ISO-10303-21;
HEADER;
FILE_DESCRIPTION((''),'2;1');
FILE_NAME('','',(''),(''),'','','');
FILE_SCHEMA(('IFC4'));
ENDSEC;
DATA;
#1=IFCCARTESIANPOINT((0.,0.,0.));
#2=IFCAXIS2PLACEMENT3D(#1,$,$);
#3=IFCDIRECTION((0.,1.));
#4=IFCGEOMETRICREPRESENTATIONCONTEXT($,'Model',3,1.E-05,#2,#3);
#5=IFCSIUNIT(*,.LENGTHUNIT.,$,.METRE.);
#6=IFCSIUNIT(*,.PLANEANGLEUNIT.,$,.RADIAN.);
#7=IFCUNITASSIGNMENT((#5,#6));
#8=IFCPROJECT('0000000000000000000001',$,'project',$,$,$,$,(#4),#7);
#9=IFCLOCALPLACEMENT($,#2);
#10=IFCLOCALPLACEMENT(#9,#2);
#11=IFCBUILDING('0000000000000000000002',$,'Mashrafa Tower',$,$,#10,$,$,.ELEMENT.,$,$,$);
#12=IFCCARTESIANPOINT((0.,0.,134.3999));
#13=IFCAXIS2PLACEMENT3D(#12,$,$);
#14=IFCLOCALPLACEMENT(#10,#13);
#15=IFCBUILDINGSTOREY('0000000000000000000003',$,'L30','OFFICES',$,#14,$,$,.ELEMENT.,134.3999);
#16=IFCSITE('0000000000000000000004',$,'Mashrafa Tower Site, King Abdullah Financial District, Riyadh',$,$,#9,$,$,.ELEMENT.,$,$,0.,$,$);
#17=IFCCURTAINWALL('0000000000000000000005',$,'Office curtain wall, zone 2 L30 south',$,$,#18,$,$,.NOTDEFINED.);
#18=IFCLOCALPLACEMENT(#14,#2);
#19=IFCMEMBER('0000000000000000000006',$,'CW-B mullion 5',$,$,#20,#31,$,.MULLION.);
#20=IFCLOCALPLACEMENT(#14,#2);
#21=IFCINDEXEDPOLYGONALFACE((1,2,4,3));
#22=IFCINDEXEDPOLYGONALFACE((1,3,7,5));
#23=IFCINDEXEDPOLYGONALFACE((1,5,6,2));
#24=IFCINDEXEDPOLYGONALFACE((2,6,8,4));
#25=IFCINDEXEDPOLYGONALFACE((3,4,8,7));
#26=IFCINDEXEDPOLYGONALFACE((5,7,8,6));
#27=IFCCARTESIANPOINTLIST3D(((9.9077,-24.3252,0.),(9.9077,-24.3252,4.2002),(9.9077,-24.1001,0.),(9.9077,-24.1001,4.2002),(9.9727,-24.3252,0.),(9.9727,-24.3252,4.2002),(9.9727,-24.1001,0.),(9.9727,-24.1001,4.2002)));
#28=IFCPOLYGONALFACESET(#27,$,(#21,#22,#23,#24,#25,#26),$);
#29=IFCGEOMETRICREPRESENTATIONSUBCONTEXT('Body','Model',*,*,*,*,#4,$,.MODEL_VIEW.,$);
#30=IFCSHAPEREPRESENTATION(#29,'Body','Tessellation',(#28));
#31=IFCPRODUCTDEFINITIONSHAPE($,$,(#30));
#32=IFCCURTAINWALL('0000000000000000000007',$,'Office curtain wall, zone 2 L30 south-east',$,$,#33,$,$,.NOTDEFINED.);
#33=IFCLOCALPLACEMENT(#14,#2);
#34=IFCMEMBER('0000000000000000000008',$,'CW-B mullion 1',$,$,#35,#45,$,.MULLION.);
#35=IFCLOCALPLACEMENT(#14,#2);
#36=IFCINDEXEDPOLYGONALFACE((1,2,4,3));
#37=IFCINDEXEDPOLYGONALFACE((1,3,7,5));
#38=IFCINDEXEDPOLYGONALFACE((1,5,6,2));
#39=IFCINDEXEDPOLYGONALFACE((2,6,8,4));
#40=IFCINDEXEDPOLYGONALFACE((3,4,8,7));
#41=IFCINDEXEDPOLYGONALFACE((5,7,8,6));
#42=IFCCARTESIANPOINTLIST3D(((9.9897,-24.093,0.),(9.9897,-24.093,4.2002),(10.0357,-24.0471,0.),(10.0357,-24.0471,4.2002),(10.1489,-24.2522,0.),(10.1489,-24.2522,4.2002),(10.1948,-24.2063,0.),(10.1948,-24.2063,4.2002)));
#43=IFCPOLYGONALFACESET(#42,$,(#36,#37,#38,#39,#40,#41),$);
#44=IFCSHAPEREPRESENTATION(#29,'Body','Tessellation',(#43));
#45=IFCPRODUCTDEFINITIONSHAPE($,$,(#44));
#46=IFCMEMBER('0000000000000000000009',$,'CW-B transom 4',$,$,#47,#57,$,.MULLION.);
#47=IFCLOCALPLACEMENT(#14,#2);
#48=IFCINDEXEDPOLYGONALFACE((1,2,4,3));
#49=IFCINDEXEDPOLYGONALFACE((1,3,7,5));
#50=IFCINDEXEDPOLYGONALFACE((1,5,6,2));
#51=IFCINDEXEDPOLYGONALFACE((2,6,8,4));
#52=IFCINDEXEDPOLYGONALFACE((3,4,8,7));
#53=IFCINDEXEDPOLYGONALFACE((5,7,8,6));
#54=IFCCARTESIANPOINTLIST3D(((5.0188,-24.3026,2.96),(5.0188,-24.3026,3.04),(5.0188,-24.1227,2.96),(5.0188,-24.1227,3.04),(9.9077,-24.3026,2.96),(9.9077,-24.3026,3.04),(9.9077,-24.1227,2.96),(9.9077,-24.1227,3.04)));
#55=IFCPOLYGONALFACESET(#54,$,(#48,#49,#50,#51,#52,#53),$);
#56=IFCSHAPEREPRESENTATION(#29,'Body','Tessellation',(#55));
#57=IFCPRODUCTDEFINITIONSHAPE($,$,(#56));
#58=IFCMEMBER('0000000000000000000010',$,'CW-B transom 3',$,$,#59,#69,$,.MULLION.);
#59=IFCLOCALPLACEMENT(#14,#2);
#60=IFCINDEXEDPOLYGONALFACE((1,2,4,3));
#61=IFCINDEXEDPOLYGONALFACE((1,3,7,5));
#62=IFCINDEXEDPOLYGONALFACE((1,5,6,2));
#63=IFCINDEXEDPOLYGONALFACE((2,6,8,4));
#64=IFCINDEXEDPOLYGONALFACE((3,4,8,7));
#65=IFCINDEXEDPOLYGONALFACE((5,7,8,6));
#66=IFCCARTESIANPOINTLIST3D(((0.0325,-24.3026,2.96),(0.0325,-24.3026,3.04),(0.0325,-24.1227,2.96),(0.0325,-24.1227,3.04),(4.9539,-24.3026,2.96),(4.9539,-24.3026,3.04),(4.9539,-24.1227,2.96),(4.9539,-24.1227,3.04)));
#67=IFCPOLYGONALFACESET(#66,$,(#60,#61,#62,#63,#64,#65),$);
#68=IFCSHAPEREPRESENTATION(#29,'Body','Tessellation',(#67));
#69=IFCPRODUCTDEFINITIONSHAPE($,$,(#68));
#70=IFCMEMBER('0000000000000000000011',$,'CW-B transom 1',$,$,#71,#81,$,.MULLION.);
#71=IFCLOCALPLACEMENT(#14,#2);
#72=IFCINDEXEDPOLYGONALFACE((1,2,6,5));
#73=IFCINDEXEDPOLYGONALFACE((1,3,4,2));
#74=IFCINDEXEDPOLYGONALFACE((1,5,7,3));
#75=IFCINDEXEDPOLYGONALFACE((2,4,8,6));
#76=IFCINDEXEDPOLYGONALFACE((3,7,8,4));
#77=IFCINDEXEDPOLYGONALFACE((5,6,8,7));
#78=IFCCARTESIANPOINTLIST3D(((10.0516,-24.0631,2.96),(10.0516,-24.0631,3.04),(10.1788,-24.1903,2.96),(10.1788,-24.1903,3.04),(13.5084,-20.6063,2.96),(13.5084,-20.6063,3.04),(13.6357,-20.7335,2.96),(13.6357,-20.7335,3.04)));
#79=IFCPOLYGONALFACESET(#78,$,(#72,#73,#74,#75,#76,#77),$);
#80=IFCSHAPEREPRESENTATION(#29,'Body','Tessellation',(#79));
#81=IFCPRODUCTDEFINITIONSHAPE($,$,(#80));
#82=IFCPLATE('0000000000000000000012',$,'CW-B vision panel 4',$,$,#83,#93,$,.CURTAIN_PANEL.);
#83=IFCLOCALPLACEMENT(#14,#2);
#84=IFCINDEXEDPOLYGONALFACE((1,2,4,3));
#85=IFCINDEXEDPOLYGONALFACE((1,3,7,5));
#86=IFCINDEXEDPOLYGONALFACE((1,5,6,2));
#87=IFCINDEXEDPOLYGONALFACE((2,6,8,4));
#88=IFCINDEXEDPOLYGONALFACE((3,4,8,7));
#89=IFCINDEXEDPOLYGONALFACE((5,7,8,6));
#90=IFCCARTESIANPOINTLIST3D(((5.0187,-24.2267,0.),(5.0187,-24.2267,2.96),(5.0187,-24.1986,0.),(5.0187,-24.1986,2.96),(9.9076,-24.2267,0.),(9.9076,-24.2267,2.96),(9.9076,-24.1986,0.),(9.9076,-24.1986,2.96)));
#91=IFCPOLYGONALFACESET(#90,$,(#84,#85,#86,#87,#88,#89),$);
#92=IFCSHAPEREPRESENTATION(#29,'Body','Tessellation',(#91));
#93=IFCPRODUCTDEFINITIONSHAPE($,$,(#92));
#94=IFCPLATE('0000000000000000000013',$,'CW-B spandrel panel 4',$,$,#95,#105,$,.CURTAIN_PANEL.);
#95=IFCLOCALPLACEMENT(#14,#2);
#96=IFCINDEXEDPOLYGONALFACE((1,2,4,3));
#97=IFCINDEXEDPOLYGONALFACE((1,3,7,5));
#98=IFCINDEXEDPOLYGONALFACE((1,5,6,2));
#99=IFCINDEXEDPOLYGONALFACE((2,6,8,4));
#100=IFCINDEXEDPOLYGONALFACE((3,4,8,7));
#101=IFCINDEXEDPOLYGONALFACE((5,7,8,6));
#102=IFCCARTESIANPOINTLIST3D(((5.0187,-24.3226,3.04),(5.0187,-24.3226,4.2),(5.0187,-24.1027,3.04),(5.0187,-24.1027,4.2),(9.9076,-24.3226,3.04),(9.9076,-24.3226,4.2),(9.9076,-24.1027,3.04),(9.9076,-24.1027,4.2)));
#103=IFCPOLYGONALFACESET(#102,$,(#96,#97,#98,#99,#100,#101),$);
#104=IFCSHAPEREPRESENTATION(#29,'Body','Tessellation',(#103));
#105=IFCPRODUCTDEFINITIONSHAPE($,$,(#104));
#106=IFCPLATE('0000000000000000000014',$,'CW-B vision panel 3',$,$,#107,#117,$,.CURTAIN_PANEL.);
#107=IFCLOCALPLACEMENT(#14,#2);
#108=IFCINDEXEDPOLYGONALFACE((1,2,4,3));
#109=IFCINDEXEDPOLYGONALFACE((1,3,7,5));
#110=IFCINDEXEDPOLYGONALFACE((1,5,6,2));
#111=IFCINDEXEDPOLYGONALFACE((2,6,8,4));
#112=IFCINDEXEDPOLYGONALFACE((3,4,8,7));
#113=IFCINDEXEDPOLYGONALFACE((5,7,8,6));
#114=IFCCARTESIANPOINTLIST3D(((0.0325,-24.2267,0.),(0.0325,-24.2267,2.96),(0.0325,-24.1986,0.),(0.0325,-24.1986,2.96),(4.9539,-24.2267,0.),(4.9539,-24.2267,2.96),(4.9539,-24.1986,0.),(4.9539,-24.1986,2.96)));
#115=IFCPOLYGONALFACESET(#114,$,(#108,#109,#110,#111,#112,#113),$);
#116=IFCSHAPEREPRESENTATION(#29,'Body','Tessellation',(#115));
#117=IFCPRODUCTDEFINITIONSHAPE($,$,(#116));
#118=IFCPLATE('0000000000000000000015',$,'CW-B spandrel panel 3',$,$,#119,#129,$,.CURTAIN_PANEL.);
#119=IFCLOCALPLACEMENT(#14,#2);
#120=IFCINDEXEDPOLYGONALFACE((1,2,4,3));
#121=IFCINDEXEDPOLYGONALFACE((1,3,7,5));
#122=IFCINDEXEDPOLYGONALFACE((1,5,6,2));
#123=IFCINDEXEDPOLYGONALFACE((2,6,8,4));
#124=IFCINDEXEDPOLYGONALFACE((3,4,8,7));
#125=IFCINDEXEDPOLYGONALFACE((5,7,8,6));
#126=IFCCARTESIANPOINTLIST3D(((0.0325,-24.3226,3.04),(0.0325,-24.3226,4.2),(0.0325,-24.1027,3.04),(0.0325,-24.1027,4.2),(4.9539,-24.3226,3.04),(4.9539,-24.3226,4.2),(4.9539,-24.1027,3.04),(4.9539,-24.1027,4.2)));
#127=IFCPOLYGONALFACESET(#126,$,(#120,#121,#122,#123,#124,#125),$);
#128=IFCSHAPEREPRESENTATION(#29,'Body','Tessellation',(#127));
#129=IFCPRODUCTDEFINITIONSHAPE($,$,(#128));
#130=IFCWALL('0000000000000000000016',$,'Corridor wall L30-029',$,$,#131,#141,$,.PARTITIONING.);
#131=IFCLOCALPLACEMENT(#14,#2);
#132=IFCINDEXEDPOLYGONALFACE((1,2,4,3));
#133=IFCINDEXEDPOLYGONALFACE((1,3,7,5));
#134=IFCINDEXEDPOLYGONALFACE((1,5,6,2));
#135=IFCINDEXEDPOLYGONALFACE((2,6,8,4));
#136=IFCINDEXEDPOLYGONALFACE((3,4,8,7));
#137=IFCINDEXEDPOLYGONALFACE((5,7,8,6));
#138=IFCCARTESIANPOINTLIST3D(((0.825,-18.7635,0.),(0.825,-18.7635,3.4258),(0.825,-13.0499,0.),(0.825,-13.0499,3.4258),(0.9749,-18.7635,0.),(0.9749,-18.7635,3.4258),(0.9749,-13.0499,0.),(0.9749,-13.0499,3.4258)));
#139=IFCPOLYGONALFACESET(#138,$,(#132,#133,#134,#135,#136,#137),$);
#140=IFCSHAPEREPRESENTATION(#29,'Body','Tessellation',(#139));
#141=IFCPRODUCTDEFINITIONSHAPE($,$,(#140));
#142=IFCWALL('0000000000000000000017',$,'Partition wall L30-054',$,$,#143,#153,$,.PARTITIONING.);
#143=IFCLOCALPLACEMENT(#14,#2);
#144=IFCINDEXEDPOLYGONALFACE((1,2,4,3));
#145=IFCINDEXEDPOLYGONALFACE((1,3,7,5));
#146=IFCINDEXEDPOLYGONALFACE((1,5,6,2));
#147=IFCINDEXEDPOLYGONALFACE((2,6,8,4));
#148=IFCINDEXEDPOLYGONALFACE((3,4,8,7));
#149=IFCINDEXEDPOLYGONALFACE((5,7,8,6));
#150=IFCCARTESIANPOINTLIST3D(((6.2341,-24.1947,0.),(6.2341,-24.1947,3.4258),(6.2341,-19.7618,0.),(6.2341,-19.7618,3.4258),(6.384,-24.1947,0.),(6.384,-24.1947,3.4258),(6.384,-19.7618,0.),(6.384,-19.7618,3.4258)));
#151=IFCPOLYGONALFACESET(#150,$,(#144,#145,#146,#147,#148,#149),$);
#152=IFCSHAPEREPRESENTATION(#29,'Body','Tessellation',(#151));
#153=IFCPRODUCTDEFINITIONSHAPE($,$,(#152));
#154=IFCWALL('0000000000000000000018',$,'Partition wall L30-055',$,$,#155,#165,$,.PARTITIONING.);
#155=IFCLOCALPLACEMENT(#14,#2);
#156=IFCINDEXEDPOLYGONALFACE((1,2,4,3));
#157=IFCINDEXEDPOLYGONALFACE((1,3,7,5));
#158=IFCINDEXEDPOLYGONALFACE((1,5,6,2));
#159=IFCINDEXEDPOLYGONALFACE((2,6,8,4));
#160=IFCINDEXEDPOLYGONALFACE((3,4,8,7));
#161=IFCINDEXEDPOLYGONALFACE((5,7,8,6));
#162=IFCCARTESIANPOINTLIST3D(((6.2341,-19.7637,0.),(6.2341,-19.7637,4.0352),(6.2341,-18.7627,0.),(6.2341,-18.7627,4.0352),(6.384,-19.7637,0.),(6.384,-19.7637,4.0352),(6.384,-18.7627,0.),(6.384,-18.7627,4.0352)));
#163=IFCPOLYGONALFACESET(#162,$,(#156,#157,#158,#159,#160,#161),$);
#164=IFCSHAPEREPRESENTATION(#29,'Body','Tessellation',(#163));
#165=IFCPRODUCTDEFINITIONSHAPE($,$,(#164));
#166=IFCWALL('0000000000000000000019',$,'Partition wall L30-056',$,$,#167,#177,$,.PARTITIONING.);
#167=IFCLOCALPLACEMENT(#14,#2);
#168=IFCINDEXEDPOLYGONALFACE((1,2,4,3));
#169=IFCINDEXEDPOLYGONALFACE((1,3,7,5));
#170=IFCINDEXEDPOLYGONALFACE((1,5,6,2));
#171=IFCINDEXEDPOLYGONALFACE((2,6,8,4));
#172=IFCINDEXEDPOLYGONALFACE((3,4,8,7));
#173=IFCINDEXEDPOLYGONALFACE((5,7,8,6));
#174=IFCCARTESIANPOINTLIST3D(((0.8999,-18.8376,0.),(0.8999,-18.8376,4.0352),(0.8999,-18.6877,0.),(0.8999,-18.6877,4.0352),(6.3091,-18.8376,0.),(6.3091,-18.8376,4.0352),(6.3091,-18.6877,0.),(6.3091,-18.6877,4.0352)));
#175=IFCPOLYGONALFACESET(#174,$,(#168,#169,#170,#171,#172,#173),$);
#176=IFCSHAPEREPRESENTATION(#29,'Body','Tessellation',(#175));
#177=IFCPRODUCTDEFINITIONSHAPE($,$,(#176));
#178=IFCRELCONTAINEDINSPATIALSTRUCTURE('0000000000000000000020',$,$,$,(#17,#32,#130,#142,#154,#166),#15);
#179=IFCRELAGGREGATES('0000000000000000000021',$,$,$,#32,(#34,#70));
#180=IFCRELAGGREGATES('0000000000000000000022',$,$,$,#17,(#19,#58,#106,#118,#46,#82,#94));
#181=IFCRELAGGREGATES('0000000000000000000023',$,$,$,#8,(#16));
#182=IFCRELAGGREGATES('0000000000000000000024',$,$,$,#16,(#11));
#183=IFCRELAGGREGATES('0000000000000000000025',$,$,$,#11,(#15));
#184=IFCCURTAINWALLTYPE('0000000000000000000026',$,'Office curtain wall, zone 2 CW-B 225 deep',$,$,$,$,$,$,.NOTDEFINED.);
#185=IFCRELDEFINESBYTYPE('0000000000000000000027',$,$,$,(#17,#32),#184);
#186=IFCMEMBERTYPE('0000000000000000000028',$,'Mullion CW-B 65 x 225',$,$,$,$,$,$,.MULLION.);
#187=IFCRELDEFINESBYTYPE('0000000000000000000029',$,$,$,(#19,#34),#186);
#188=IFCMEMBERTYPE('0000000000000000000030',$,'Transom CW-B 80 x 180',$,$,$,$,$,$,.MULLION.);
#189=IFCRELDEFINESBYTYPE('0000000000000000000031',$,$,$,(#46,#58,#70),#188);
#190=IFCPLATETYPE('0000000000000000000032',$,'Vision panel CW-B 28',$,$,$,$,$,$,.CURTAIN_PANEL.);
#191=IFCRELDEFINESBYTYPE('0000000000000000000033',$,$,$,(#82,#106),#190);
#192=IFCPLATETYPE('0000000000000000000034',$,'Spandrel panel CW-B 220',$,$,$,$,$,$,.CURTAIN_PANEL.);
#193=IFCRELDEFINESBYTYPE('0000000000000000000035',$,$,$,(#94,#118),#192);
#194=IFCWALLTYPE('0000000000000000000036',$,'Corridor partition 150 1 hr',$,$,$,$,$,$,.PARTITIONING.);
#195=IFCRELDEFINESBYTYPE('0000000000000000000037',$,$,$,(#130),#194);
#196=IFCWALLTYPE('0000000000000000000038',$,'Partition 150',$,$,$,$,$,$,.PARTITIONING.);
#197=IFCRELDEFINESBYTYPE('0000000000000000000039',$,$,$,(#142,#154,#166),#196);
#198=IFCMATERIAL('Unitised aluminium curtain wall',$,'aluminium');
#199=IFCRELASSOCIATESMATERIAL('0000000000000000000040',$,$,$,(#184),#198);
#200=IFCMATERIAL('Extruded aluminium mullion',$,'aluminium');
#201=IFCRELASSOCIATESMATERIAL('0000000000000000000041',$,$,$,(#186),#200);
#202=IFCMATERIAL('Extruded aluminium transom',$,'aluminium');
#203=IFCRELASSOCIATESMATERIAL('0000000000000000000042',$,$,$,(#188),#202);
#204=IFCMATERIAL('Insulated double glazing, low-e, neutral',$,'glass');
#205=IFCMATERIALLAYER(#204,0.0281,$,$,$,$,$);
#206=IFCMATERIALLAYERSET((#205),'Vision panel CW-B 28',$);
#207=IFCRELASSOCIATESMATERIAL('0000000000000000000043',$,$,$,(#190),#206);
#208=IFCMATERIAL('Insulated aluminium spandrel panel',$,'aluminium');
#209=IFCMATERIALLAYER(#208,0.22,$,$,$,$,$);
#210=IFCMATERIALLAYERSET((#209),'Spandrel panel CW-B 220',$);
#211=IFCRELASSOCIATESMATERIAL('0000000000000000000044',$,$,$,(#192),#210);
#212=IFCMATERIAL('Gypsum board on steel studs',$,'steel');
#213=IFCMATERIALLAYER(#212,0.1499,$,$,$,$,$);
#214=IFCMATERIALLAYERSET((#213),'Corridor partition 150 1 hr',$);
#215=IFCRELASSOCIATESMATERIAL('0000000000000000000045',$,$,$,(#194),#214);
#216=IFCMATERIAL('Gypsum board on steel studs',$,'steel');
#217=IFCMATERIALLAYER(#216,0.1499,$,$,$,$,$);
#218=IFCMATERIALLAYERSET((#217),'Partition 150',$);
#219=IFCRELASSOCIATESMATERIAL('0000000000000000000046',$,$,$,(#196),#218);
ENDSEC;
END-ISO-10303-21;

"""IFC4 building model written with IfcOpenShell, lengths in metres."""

from ifc_helpers import new_model, si_unit, direction, frame, frame_2d, origin, origin_2d, place, context, subcontext, project, spatial, rectangle, extrude, source, transform, mapped, material, layer, layer_set, material_profile, profile_set, type_object, type_shapes, element, aggregate, save


model = new_model("IFC4")

# Units and contexts
model_context = context("Model", 3, precision=1e-05, world=origin(), true_north=direction((0.0, 1.0)))
body_context = subcontext(model_context, "Body", "Model", "MODEL_VIEW")
ifc_project = project(units=[si_unit("LENGTHUNIT", "METRE"), si_unit("PLANEANGLEUNIT", "RADIAN")], contexts=[model_context])

# Site, building, storey
site_placement = place(None, origin())
site = spatial("IfcSite", under=ifc_project, at=site_placement, Name="Mashrafa Tower Site, King Abdullah Financial District, Riyadh", CompositionType="ELEMENT", RefElevation=0.0)
building_placement = place(site_placement, origin())
building = spatial("IfcBuilding", under=site, at=building_placement, Name="Mashrafa Tower", CompositionType="ELEMENT")
storey_placement = place(building_placement, frame((0.0, 0.0, 134.3999)))
storey = spatial("IfcBuildingStorey", under=building, at=storey_placement, Name="L30", Description="OFFICES", CompositionType="ELEMENT", Elevation=134.3999)

# Curtain wall, member
ifc_material_1 = material(Name="Unitised aluminium curtain wall", Category="aluminium")
curtain_wall_type = type_object("IfcCurtainWallType", Name="Office curtain wall, zone 2 CW-B 225 deep", PredefinedType="NOTDEFINED", material=ifc_material_1)
curtain_wall_1_placement = place(storey_placement, origin())
curtain_wall_1 = element("IfcCurtainWall", 1, at=curtain_wall_1_placement, inside=storey, type_object=curtain_wall_type, Name="Office curtain wall, zone 2 L30 south", PredefinedType="NOTDEFINED")
ifc_material_2 = material(Name="Extruded aluminium mullion", Category="aluminium")
ifc_material_profile_1 = material_profile(ifc_material_2, rectangle(XDim=0.2251, YDim=0.0649, at=origin_2d()), Name="Mullion 65x225")
ifc_profile_set_1 = profile_set([ifc_material_profile_1], Name="Extruded aluminium mullion")
member_type_1 = type_object("IfcMemberType", Name="Mullion CW-B 65 x 225", PredefinedType="MULLION", material=ifc_profile_set_1)
shared_shape_1 = source(origin(), body_context, "Body", "SweptSolid", [
    extrude(rectangle(XDim=0.2251, YDim=0.0649, at=origin_2d()), origin(), (0.0, 0.0, 1.0), 4.2002),
])
type_shapes(member_type_1, [shared_shape_1])
member_1_placement = place(storey_placement, frame((9.9402, -24.2126, 0.0), z_axis=(0.0, 0.0, 1.0), x_axis=(0.0, 1.0, 0.0)))
member_1 = element("IfcMember", 2, at=member_1_placement, type_object=member_type_1, Name="CW-B mullion 5", PredefinedType="MULLION", context=body_context, shape_type="MappedRepresentation", body=[
    mapped(shared_shape_1, transform((0.0, 0.0, 0.0))),
])

# Curtain wall, member
curtain_wall_2_placement = place(storey_placement, origin())
curtain_wall_2 = element("IfcCurtainWall", 3, at=curtain_wall_2_placement, inside=storey, type_object=curtain_wall_type, Name="Office curtain wall, zone 2 L30 south-east", PredefinedType="NOTDEFINED")
member_2_placement = place(storey_placement, frame((10.0923, -24.1497, 0.0), z_axis=(0.0, 0.0, 1.0), x_axis=(-0.707107, 0.707107, 0.0)))
member_2 = element("IfcMember", 4, at=member_2_placement, type_object=member_type_1, Name="CW-B mullion 1", PredefinedType="MULLION", context=body_context, shape_type="MappedRepresentation", body=[
    mapped(shared_shape_1, transform((0.0, 0.0, 0.0))),
])

# Members
ifc_material_3 = material(Name="Extruded aluminium transom", Category="aluminium")
ifc_material_profile_2 = material_profile(ifc_material_3, rectangle(XDim=0.1799, YDim=0.0801, at=origin_2d()), Name="Transom 80x180")
ifc_profile_set_2 = profile_set([ifc_material_profile_2], Name="Extruded aluminium transom")
member_type_2 = type_object("IfcMemberType", Name="Transom CW-B 80 x 180", PredefinedType="MULLION", material=ifc_profile_set_2)
shared_shape_2 = source(origin(), body_context, "Body", "SweptSolid", [
    extrude(rectangle(XDim=0.1799, YDim=0.0801, at=origin_2d()), origin(), (0.0, 0.0, 1.0), 4.8889),
])
member_3_placement = place(storey_placement, frame((5.0188, -24.2126, 3.0), z_axis=(1.0, 0.0, 0.0), x_axis=(0.0, 1.0, 0.0)))
member_3 = element("IfcMember", 5, at=member_3_placement, type_object=member_type_2, Name="CW-B transom 4", PredefinedType="MULLION", context=body_context, shape_type="MappedRepresentation", body=[
    mapped(shared_shape_2, transform((0.0, 0.0, 0.0))),
])
shared_shape_3 = source(origin(), body_context, "Body", "SweptSolid", [
    extrude(rectangle(XDim=0.1799, YDim=0.0801, at=origin_2d()), origin(), (0.0, 0.0, 1.0), 4.9214),
])
member_4_placement = place(storey_placement, frame((0.0325, -24.2126, 3.0), z_axis=(1.0, 0.0, 0.0), x_axis=(0.0, 1.0, 0.0)))
member_4 = element("IfcMember", 6, at=member_4_placement, type_object=member_type_2, Name="CW-B transom 3", PredefinedType="MULLION", context=body_context, shape_type="MappedRepresentation", body=[
    mapped(shared_shape_3, transform((0.0, 0.0, 0.0))),
])
shared_shape_4 = source(origin(), body_context, "Body", "SweptSolid", [
    extrude(rectangle(XDim=0.1799, YDim=0.0801, at=origin_2d()), origin(), (0.0, 0.0, 1.0), 4.8887),
])
type_shapes(member_type_2, [shared_shape_2, shared_shape_3, shared_shape_4])
member_5_placement = place(storey_placement, frame((10.1152, -24.1267, 3.0), z_axis=(0.707107, 0.707107, 0.0), x_axis=(-0.707107, 0.707107, 0.0)))
member_5 = element("IfcMember", 7, at=member_5_placement, type_object=member_type_2, Name="CW-B transom 1", PredefinedType="MULLION", context=body_context, shape_type="MappedRepresentation", body=[
    mapped(shared_shape_4, transform((0.0, 0.0, 0.0))),
])
aggregate(curtain_wall_2, [member_2, member_5])

# Plates
ifc_material_4 = material(Name="Insulated double glazing, low-e, neutral", Category="glass")
ifc_layer_1 = layer(ifc_material_4, 0.0281)
ifc_layer_set_1 = layer_set([ifc_layer_1], Name="Vision panel CW-B 28")
plate_type_1 = type_object("IfcPlateType", Name="Vision panel CW-B 28", PredefinedType="CURTAIN_PANEL", material=ifc_layer_set_1)
shared_shape_5 = source(origin(), body_context, "Body", "SweptSolid", [
    extrude(rectangle(XDim=4.8889, YDim=0.0281, at=origin_2d()), origin(), (0.0, 0.0, 1.0), 2.96),
])
plate_1_placement = place(storey_placement, frame((7.4631, -24.2126, 0.0), z_axis=(0.0, 0.0, 1.0), x_axis=(1.0, 0.0, 0.0)))
plate_1 = element("IfcPlate", 8, at=plate_1_placement, type_object=plate_type_1, Name="CW-B vision panel 4", PredefinedType="CURTAIN_PANEL", context=body_context, shape_type="MappedRepresentation", body=[
    mapped(shared_shape_5, transform((0.0, 0.0, 0.0))),
])
ifc_material_5 = material(Name="Insulated aluminium spandrel panel", Category="aluminium")
ifc_layer_2 = layer(ifc_material_5, 0.22)
ifc_layer_set_2 = layer_set([ifc_layer_2], Name="Spandrel panel CW-B 220")
plate_type_2 = type_object("IfcPlateType", Name="Spandrel panel CW-B 220", PredefinedType="CURTAIN_PANEL", material=ifc_layer_set_2)
shared_shape_6 = source(origin(), body_context, "Body", "SweptSolid", [
    extrude(rectangle(XDim=4.8889, YDim=0.22, at=origin_2d()), origin(), (0.0, 0.0, 1.0), 1.1599),
])
plate_2_placement = place(storey_placement, frame((7.4631, -24.2126, 3.04), z_axis=(0.0, 0.0, 1.0), x_axis=(1.0, 0.0, 0.0)))
plate_2 = element("IfcPlate", 9, at=plate_2_placement, type_object=plate_type_2, Name="CW-B spandrel panel 4", PredefinedType="CURTAIN_PANEL", context=body_context, shape_type="MappedRepresentation", body=[
    mapped(shared_shape_6, transform((0.0, 0.0, 0.0))),
])
shared_shape_7 = source(origin(), body_context, "Body", "SweptSolid", [
    extrude(rectangle(XDim=4.9214, YDim=0.0281, at=origin_2d()), origin(), (0.0, 0.0, 1.0), 2.96),
])
type_shapes(plate_type_1, [shared_shape_5, shared_shape_7])
plate_3_placement = place(storey_placement, frame((2.4932, -24.2126, 0.0), z_axis=(0.0, 0.0, 1.0), x_axis=(1.0, 0.0, 0.0)))
plate_3 = element("IfcPlate", 10, at=plate_3_placement, type_object=plate_type_1, Name="CW-B vision panel 3", PredefinedType="CURTAIN_PANEL", context=body_context, shape_type="MappedRepresentation", body=[
    mapped(shared_shape_7, transform((0.0, 0.0, 0.0))),
])
shared_shape_8 = source(origin(), body_context, "Body", "SweptSolid", [
    extrude(rectangle(XDim=4.9214, YDim=0.22, at=origin_2d()), origin(), (0.0, 0.0, 1.0), 1.1599),
])
type_shapes(plate_type_2, [shared_shape_6, shared_shape_8])
plate_4_placement = place(storey_placement, frame((2.4932, -24.2126, 3.04), z_axis=(0.0, 0.0, 1.0), x_axis=(1.0, 0.0, 0.0)))
plate_4 = element("IfcPlate", 11, at=plate_4_placement, type_object=plate_type_2, Name="CW-B spandrel panel 3", PredefinedType="CURTAIN_PANEL", context=body_context, shape_type="MappedRepresentation", body=[
    mapped(shared_shape_8, transform((0.0, 0.0, 0.0))),
])
aggregate(curtain_wall_1, [member_1, member_4, plate_3, plate_4, member_3, plate_1, plate_2])

# Shared definitions
ifc_material_6 = material(Name="Gypsum board on steel studs", Category="steel")
ifc_layer_3 = layer(ifc_material_6, 0.1499)
ifc_layer_set_3 = layer_set([ifc_layer_3], Name="Corridor partition 150 1 hr")
wall_type_1 = type_object("IfcWallType", Name="Corridor partition 150 1 hr", PredefinedType="PARTITIONING", material=ifc_layer_set_3)

# Walls
wall_1_placement = place(storey_placement, frame((0.8999, -18.7637, 0.0), z_axis=(0.0, 0.0, 1.0), x_axis=(0.0, 1.0, 0.0)))
element("IfcWall", 12, at=wall_1_placement, inside=storey, type_object=wall_type_1, Name="Corridor wall L30-029", PredefinedType="PARTITIONING", context=body_context, shape_type="SweptSolid", body=[
    extrude(rectangle(XDim=5.7136, YDim=0.1499, at=frame_2d((2.8569, 0.0))), origin(), (0.0, 0.0, 1.0), 3.4258),
])
ifc_material_7 = material(Name="Gypsum board on steel studs", Category="steel")
ifc_layer_4 = layer(ifc_material_7, 0.1499)
ifc_layer_set_4 = layer_set([ifc_layer_4], Name="Partition 150")
wall_type_2 = type_object("IfcWallType", Name="Partition 150", PredefinedType="PARTITIONING", material=ifc_layer_set_4)
wall_2_placement = place(storey_placement, frame((6.3091, -24.1946, 0.0), z_axis=(0.0, 0.0, 1.0), x_axis=(0.0, 1.0, 0.0)))
element("IfcWall", 13, at=wall_2_placement, inside=storey, type_object=wall_type_2, Name="Partition wall L30-054", PredefinedType="PARTITIONING", context=body_context, shape_type="SweptSolid", body=[
    extrude(rectangle(XDim=4.4329, YDim=0.1499, at=frame_2d((2.2163, 0.0))), origin(), (0.0, 0.0, 1.0), 3.4258),
])
wall_3_placement = place(storey_placement, frame((6.3091, -19.7637, 0.0), z_axis=(0.0, 0.0, 1.0), x_axis=(0.0, 1.0, 0.0)))
element("IfcWall", 14, at=wall_3_placement, inside=storey, type_object=wall_type_2, Name="Partition wall L30-055", PredefinedType="PARTITIONING", context=body_context, shape_type="SweptSolid", body=[
    extrude(rectangle(XDim=1.001, YDim=0.1499, at=frame_2d((0.5005, 0.0))), origin(), (0.0, 0.0, 1.0), 4.0352),
])
wall_4_placement = place(storey_placement, frame((6.3091, -18.7627, 0.0), z_axis=(0.0, 0.0, 1.0), x_axis=(-1.0, 0.0, 0.0)))
element("IfcWall", 15, at=wall_4_placement, inside=storey, type_object=wall_type_2, Name="Partition wall L30-056", PredefinedType="PARTITIONING", context=body_context, shape_type="SweptSolid", body=[
    extrude(rectangle(XDim=5.4092, YDim=0.1499, at=frame_2d((2.7046, 0.0))), origin(), (0.0, 0.0, 1.0), 4.0352),
])

save(model, "model.ifc")
